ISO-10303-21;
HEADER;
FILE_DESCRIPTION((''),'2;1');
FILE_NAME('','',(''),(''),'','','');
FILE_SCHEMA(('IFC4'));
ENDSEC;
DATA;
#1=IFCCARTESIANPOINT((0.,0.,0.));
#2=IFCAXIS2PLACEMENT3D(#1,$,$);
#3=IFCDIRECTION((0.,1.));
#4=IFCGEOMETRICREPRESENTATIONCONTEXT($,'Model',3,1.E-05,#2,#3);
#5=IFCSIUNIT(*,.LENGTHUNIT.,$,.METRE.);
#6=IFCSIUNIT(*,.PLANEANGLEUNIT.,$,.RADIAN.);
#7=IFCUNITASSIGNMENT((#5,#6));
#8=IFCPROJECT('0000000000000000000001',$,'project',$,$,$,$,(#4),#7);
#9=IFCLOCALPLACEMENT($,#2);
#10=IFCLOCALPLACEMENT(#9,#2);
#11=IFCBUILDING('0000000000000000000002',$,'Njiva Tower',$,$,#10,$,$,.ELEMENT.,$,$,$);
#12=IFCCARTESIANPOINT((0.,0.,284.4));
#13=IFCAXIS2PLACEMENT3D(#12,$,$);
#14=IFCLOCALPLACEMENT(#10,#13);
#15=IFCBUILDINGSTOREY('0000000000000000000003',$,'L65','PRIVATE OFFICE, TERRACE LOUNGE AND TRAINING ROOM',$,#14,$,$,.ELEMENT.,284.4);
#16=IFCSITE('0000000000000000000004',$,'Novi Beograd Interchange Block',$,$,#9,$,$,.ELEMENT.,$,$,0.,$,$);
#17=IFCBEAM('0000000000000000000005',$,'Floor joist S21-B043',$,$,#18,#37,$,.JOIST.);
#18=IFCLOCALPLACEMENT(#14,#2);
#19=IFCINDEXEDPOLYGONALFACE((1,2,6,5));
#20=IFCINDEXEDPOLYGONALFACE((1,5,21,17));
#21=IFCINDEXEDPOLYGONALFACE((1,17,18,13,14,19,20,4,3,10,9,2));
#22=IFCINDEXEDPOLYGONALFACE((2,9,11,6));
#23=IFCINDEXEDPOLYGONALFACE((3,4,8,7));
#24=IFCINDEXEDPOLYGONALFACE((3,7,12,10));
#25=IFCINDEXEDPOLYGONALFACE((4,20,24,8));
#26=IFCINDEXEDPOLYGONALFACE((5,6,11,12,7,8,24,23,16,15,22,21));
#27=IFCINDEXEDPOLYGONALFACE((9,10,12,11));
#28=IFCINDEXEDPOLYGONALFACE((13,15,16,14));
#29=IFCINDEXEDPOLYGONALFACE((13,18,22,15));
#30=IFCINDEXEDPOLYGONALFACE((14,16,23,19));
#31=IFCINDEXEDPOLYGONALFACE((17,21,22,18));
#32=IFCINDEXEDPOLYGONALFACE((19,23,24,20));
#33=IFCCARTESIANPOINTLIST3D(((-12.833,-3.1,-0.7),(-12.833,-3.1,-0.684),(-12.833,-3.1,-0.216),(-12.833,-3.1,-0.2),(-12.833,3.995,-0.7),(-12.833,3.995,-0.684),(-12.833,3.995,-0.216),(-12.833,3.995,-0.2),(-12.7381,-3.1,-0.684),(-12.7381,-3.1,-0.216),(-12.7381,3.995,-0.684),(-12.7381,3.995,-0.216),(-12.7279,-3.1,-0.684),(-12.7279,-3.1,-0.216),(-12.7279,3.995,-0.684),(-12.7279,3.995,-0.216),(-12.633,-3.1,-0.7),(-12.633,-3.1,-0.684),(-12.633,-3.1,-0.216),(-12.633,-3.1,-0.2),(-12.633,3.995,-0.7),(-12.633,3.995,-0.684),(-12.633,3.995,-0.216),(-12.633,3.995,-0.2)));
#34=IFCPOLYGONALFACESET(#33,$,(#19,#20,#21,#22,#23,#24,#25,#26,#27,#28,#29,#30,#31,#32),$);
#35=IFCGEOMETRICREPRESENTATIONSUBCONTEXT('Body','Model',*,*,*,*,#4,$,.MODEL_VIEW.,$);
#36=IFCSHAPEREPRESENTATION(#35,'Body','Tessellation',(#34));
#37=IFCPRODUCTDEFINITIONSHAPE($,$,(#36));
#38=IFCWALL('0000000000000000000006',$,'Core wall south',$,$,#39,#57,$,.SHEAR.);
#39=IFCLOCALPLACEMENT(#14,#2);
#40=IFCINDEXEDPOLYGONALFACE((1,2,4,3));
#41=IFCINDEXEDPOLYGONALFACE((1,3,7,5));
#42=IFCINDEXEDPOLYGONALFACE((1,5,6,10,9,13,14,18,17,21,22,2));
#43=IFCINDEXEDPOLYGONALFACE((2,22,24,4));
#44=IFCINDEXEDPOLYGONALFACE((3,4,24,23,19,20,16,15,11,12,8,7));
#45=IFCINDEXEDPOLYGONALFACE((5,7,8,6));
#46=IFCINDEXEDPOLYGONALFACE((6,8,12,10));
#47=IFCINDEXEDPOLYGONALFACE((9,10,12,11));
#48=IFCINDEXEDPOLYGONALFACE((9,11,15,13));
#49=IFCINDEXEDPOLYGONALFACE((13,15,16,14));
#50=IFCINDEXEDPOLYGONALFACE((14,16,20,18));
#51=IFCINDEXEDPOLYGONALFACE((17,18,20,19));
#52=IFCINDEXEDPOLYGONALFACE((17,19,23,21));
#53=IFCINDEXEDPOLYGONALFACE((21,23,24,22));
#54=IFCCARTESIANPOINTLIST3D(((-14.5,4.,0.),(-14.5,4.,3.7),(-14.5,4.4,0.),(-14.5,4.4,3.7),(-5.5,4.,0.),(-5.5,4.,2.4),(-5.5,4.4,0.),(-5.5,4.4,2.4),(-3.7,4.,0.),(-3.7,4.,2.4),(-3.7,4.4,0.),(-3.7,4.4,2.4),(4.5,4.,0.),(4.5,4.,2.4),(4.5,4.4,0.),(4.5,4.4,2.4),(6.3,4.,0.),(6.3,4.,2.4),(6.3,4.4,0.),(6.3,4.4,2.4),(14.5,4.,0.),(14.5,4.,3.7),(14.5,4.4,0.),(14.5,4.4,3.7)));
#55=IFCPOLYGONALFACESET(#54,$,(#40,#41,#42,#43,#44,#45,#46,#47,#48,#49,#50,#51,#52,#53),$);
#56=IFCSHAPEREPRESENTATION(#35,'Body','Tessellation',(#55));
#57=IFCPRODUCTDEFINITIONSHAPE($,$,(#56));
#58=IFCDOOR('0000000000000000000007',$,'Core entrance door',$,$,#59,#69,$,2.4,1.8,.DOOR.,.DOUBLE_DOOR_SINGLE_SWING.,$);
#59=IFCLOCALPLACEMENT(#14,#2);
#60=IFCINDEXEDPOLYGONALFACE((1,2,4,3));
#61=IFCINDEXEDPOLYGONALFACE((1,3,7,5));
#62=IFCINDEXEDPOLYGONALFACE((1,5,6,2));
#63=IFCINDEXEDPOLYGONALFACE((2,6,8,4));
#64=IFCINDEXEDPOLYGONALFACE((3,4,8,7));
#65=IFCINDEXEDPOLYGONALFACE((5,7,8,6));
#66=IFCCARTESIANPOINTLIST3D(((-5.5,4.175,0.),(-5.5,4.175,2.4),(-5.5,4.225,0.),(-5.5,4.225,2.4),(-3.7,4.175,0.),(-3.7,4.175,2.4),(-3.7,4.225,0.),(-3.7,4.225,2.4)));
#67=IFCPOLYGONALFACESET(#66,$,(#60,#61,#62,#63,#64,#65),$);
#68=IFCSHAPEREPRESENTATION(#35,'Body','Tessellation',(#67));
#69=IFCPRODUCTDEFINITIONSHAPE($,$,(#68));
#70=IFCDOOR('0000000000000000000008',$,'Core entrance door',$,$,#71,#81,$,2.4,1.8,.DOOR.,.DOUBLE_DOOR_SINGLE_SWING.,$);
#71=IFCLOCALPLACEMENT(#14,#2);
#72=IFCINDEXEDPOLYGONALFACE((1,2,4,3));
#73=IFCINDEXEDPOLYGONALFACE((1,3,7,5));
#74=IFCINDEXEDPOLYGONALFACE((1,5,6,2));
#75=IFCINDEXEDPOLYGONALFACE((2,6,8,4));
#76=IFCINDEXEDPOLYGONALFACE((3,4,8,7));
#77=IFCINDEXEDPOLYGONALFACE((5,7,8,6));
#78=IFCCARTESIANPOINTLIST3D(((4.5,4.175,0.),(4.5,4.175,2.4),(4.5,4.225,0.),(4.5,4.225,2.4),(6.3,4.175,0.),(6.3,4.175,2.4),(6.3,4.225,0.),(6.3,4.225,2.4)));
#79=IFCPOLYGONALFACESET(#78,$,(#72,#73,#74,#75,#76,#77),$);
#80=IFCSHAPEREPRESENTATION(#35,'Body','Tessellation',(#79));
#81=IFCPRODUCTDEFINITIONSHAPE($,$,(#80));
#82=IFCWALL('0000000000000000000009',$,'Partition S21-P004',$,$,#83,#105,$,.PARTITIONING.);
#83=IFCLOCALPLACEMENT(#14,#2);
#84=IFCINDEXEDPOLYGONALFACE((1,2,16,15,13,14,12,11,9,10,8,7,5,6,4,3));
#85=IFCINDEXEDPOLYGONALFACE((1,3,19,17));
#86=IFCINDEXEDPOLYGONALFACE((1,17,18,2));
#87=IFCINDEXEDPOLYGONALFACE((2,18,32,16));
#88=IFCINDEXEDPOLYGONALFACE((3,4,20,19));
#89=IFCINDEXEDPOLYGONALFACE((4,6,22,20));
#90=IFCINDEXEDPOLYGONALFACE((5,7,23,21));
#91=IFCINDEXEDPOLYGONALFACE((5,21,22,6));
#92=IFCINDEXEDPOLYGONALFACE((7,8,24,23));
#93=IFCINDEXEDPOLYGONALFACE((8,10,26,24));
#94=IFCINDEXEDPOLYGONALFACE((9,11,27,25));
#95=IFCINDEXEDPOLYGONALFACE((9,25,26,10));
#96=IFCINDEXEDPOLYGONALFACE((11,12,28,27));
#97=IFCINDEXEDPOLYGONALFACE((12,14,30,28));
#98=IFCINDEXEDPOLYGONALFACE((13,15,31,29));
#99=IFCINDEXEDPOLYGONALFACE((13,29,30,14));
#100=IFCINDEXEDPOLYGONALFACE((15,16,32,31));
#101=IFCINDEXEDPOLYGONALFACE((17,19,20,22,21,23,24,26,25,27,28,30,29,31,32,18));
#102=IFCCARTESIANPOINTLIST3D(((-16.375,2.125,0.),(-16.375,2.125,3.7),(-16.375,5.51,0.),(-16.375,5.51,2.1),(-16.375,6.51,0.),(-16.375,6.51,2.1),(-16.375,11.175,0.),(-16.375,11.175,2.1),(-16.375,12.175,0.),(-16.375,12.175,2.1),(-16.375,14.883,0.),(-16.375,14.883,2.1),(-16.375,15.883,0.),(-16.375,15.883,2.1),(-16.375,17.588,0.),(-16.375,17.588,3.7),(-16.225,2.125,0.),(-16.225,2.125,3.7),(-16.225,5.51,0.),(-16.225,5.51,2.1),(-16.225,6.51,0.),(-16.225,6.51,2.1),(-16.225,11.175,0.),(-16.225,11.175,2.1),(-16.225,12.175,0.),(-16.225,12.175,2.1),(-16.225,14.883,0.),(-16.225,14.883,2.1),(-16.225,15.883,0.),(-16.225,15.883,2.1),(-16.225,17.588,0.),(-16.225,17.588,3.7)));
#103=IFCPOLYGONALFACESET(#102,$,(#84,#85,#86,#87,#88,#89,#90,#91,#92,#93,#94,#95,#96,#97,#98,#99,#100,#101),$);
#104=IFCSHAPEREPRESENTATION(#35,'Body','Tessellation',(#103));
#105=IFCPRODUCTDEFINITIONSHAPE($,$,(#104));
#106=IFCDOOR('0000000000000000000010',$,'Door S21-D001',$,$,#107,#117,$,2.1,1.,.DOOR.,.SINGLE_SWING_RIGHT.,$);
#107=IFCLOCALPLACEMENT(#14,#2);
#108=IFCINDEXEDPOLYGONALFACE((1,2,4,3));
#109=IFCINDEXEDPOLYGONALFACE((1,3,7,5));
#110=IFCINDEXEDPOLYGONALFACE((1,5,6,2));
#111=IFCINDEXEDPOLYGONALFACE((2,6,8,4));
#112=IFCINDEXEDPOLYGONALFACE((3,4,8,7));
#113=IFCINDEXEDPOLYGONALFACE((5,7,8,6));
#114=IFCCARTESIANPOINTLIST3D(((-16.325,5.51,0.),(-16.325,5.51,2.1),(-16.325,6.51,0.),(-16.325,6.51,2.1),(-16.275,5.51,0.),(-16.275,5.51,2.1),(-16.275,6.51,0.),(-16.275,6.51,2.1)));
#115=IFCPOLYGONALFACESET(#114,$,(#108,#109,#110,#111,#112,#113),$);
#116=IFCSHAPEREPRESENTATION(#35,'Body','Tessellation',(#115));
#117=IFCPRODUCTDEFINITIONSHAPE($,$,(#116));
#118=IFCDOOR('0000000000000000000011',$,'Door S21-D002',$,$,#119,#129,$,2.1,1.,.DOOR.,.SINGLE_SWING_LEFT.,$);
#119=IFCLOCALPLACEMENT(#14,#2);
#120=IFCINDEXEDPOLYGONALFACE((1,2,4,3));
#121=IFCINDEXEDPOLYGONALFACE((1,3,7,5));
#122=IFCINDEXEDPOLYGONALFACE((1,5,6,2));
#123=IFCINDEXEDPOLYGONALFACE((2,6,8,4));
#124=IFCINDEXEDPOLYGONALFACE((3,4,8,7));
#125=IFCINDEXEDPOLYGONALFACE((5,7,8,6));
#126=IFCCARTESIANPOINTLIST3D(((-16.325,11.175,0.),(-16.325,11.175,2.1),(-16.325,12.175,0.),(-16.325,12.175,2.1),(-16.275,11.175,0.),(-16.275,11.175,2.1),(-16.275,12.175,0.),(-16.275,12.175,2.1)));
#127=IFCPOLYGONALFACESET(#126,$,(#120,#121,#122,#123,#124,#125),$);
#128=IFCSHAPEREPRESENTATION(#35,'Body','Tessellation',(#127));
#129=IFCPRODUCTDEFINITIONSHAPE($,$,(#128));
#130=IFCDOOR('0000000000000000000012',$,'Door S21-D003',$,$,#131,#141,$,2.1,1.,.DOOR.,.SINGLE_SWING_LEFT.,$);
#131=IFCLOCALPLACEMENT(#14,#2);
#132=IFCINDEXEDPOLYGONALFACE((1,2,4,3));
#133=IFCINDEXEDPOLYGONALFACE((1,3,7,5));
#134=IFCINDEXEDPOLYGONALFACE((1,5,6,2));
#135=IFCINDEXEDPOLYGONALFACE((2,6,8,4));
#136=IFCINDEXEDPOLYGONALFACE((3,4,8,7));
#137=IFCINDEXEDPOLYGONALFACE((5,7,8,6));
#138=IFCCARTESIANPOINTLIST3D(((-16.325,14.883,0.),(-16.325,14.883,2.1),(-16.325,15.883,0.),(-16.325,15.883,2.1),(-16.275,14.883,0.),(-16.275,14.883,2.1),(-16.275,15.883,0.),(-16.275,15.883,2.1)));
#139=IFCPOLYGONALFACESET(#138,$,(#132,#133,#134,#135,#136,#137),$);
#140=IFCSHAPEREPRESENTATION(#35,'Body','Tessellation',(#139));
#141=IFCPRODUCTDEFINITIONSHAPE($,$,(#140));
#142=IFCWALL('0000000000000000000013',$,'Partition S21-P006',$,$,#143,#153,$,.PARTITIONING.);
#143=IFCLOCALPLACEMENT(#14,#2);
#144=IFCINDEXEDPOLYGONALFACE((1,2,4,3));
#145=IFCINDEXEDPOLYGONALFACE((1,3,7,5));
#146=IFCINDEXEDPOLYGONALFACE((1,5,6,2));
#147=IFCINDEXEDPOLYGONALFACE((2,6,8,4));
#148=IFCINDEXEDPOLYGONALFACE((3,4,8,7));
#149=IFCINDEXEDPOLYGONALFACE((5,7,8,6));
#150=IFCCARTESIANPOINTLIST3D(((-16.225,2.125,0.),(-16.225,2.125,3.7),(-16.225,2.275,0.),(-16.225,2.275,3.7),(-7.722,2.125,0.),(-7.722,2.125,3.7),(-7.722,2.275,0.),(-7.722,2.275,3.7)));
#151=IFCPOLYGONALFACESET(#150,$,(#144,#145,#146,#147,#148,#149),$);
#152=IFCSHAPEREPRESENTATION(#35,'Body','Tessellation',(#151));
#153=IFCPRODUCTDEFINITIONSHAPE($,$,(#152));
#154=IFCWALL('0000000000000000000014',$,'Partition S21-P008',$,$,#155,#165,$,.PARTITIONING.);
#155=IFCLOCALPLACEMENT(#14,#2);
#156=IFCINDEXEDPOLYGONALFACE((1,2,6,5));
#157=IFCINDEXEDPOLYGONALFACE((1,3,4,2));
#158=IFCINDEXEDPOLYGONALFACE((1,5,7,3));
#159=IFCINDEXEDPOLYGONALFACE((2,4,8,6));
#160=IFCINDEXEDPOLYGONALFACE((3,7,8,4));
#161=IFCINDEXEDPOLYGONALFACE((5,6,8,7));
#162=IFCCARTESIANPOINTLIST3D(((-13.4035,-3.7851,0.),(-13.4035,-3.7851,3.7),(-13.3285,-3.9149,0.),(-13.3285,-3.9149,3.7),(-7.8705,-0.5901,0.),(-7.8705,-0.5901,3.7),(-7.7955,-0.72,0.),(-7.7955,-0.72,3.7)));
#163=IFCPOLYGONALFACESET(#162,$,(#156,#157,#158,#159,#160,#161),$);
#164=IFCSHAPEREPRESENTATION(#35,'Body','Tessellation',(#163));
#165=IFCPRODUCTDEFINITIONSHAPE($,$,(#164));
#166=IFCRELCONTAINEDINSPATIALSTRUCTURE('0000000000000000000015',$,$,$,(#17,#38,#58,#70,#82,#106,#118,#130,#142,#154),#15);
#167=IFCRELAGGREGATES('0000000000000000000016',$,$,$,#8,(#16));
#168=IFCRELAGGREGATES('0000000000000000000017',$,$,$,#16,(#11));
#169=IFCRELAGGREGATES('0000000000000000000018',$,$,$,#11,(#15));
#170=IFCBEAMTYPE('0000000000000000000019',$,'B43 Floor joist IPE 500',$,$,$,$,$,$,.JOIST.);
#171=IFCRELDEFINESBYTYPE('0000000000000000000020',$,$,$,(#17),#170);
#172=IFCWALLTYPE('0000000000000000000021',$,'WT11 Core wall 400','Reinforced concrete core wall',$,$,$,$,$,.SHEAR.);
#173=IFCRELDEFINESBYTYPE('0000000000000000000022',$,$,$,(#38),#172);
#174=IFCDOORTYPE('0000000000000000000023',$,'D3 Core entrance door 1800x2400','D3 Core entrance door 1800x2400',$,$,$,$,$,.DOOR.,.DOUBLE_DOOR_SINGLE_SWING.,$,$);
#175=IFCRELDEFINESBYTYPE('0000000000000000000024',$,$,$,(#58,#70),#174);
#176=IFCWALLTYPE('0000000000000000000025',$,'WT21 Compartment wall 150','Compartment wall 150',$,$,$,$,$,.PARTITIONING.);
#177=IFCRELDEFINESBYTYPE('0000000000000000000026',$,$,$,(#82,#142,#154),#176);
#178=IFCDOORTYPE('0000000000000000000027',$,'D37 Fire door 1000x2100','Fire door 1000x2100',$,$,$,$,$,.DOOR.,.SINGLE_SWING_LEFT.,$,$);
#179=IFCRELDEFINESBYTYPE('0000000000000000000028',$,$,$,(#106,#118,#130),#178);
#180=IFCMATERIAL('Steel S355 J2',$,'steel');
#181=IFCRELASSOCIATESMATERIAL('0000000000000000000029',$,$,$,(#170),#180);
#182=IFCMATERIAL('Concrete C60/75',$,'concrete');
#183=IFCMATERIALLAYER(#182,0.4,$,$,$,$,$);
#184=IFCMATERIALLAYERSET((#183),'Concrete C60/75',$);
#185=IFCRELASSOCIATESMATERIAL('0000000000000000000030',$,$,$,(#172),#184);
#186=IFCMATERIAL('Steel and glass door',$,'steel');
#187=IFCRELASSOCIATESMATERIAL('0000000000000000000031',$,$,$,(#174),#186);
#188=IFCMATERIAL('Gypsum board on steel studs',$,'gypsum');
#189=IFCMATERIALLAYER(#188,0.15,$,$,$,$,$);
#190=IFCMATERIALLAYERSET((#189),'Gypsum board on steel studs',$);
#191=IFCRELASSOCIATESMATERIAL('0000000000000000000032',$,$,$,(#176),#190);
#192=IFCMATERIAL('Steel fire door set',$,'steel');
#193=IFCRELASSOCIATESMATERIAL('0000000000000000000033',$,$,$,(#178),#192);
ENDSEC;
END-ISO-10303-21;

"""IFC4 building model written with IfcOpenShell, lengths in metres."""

from ifc_helpers import new_model, si_unit, direction, frame, frame_2d, origin, origin_2d, place, context, subcontext, project, spatial, rectangle, i_section, extrude, material, layer, layer_set, material_profile, profile_set, type_object, element, fill, save


model = new_model("IFC4")

# Units and contexts
model_context = context("Model", 3, precision=1e-05, world=origin(), true_north=direction((0.0, 1.0)))
body_context = subcontext(model_context, "Body", "Model", "MODEL_VIEW")
ifc_project = project(units=[si_unit("LENGTHUNIT", "METRE"), si_unit("PLANEANGLEUNIT", "RADIAN")], contexts=[model_context])

# Site, building, storey
site_placement = place(None, origin())
site = spatial("IfcSite", under=ifc_project, at=site_placement, Name="Novi Beograd Interchange Block", CompositionType="ELEMENT", RefElevation=0.0)
building_placement = place(site_placement, origin())
building = spatial("IfcBuilding", under=site, at=building_placement, Name="Njiva Tower", CompositionType="ELEMENT")
storey_placement = place(building_placement, frame((0.0, 0.0, 284.4)))
storey = spatial("IfcBuildingStorey", under=building, at=storey_placement, Name="L65", Description="PRIVATE OFFICE, TERRACE LOUNGE AND TRAINING ROOM", CompositionType="ELEMENT", Elevation=284.4)

# Shared definitions
ifc_material_1 = material(Name="Steel S355 J2", Category="steel")

# Beam
ifc_material_profile_1 = material_profile(ifc_material_1, i_section(OverallWidth=0.2, OverallDepth=0.5, WebThickness=0.0102, FlangeThickness=0.016, at=origin_2d()), Name="IPE 500")
ifc_profile_set_1 = profile_set([ifc_material_profile_1], Name="Steel S355 J2")
beam_type_1 = type_object("IfcBeamType", Name="B43 Floor joist IPE 500", PredefinedType="JOIST", material=ifc_profile_set_1)
beam_1_placement = place(storey_placement, frame((-12.733, 3.995, -0.45), z_axis=(0.0, -1.0, 0.0), x_axis=(1.0, 0.0, 0.0)))
element("IfcBeam", 1, at=beam_1_placement, inside=storey, type_object=beam_type_1, Name="Floor joist S21-B043", PredefinedType="JOIST", context=body_context, shape_type="SweptSolid", body=[
    extrude(i_section(OverallWidth=0.2, OverallDepth=0.5, WebThickness=0.0102, FlangeThickness=0.016, at=origin_2d()), origin(), (0.0, 0.0, 1.0), 7.095),
])

# Walls, openings, doors
ifc_material_2 = material(Name="Concrete C60/75", Category="concrete")
ifc_layer_1 = layer(ifc_material_2, 0.4)
ifc_layer_set_1 = layer_set([ifc_layer_1], Name="Concrete C60/75")
wall_type_1 = type_object("IfcWallType", Name="WT11 Core wall 400", Description="Reinforced concrete core wall", PredefinedType="SHEAR", material=ifc_layer_set_1)
wall_1_placement = place(storey_placement, frame((-14.5, 4.2, 0.0), z_axis=(0.0, 0.0, 1.0), x_axis=(1.0, 0.0, 0.0)))
wall_1 = element("IfcWall", 2, at=wall_1_placement, inside=storey, type_object=wall_type_1, Name="Core wall south", PredefinedType="SHEAR", context=body_context, shape_type="SweptSolid", body=[
    extrude(rectangle(XDim=29.0, YDim=0.4, at=frame_2d((14.5, 0.0))), origin(), (0.0, 0.0, 1.0), 3.7),
])
opening_1_placement = place(wall_1_placement, frame((9.0, 0.0, 0.0)))
opening_1 = element("IfcOpeningElement", 3, at=opening_1_placement, cuts=wall_1, PredefinedType="OPENING", context=body_context, shape_type="SweptSolid", body=[
    extrude(rectangle(XDim=1.8, YDim=2.4, at=frame_2d((0.9, 1.2))), frame((0.0, 0.21, 0.0), z_axis=(0.0, -1.0, 0.0), x_axis=(1.0, 0.0, 0.0)), (0.0, 0.0, 1.0), 0.42),
])
opening_2_placement = place(wall_1_placement, frame((19.0, 0.0, 0.0)))
opening_2 = element("IfcOpeningElement", 4, at=opening_2_placement, cuts=wall_1, PredefinedType="OPENING", context=body_context, shape_type="SweptSolid", body=[
    extrude(rectangle(XDim=1.8, YDim=2.4, at=frame_2d((0.9, 1.2))), frame((0.0, 0.21, 0.0), z_axis=(0.0, -1.0, 0.0), x_axis=(1.0, 0.0, 0.0)), (0.0, 0.0, 1.0), 0.42),
])
ifc_material_3 = material(Name="Steel and glass door", Category="steel")
door_type_1 = type_object("IfcDoorType", Name="D3 Core entrance door 1800x2400", Description="D3 Core entrance door 1800x2400", OperationType="DOUBLE_DOOR_SINGLE_SWING", PredefinedType="DOOR", material=ifc_material_3)
door_1_placement = place(opening_1_placement, origin())
door_1 = element("IfcDoor", 5, at=door_1_placement, inside=storey, type_object=door_type_1, Name="Core entrance door", OperationType="DOUBLE_DOOR_SINGLE_SWING", OverallHeight=2.4, OverallWidth=1.8, PredefinedType="DOOR", context=body_context, shape_type="SweptSolid", body=[
    extrude(rectangle(XDim=1.8, YDim=2.4, at=frame_2d((0.9, 1.2))), frame((0.0, 0.025, 0.0), z_axis=(0.0, -1.0, 0.0), x_axis=(1.0, 0.0, 0.0)), (0.0, 0.0, 1.0), 0.05),
])
fill(opening_1, door_1)
door_2_placement = place(opening_2_placement, origin())
door_2 = element("IfcDoor", 6, at=door_2_placement, inside=storey, type_object=door_type_1, Name="Core entrance door", OperationType="DOUBLE_DOOR_SINGLE_SWING", OverallHeight=2.4, OverallWidth=1.8, PredefinedType="DOOR", context=body_context, shape_type="SweptSolid", body=[
    extrude(rectangle(XDim=1.8, YDim=2.4, at=frame_2d((0.9, 1.2))), frame((0.0, 0.025, 0.0), z_axis=(0.0, -1.0, 0.0), x_axis=(1.0, 0.0, 0.0)), (0.0, 0.0, 1.0), 0.05),
])
fill(opening_2, door_2)
ifc_material_4 = material(Name="Gypsum board on steel studs", Category="gypsum")
ifc_layer_2 = layer(ifc_material_4, 0.15)
ifc_layer_set_2 = layer_set([ifc_layer_2], Name="Gypsum board on steel studs")
wall_type_2 = type_object("IfcWallType", Name="WT21 Compartment wall 150", Description="Compartment wall 150", PredefinedType="PARTITIONING", material=ifc_layer_set_2)
wall_2_placement = place(storey_placement, frame((-16.3, 2.125, 0.0), z_axis=(0.0, 0.0, 1.0), x_axis=(0.0, 1.0, 0.0)))
wall_2 = element("IfcWall", 7, at=wall_2_placement, inside=storey, type_object=wall_type_2, Name="Partition S21-P004", PredefinedType="PARTITIONING", context=body_context, shape_type="SweptSolid", body=[
    extrude(rectangle(XDim=15.463, YDim=0.15, at=frame_2d((7.7315, 0.0))), origin(), (0.0, 0.0, 1.0), 3.7),
])
opening_3_placement = place(wall_2_placement, frame((3.385, 0.0, 0.0)))
opening_3 = element("IfcOpeningElement", 8, at=opening_3_placement, cuts=wall_2, PredefinedType="OPENING", context=body_context, shape_type="SweptSolid", body=[
    extrude(rectangle(XDim=1.0, YDim=2.1, at=frame_2d((0.5, 1.05))), frame((0.0, 0.085, 0.0), z_axis=(0.0, -1.0, 0.0), x_axis=(1.0, 0.0, 0.0)), (0.0, 0.0, 1.0), 0.17),
])
opening_4_placement = place(wall_2_placement, frame((9.05, 0.0, 0.0)))
opening_4 = element("IfcOpeningElement", 9, at=opening_4_placement, cuts=wall_2, PredefinedType="OPENING", context=body_context, shape_type="SweptSolid", body=[
    extrude(rectangle(XDim=1.0, YDim=2.1, at=frame_2d((0.5, 1.05))), frame((0.0, 0.085, 0.0), z_axis=(0.0, -1.0, 0.0), x_axis=(1.0, 0.0, 0.0)), (0.0, 0.0, 1.0), 0.17),
])
opening_5_placement = place(wall_2_placement, frame((12.758, 0.0, 0.0)))
opening_5 = element("IfcOpeningElement", 10, at=opening_5_placement, cuts=wall_2, PredefinedType="OPENING", context=body_context, shape_type="SweptSolid", body=[
    extrude(rectangle(XDim=1.0, YDim=2.1, at=frame_2d((0.5, 1.05))), frame((0.0, 0.085, 0.0), z_axis=(0.0, -1.0, 0.0), x_axis=(1.0, 0.0, 0.0)), (0.0, 0.0, 1.0), 0.17),
])
ifc_material_5 = material(Name="Steel fire door set", Category="steel")
door_type_2 = type_object("IfcDoorType", Name="D37 Fire door 1000x2100", Description="Fire door 1000x2100", OperationType="SINGLE_SWING_LEFT", PredefinedType="DOOR", material=ifc_material_5)
door_3_placement = place(opening_3_placement, origin())
door_3 = element("IfcDoor", 11, at=door_3_placement, inside=storey, type_object=door_type_2, Name="Door S21-D001", OperationType="SINGLE_SWING_RIGHT", OverallHeight=2.1, OverallWidth=1.0, PredefinedType="DOOR", context=body_context, shape_type="SweptSolid", body=[
    extrude(rectangle(XDim=1.0, YDim=2.1, at=frame_2d((0.5, 1.05))), frame((0.0, 0.025, 0.0), z_axis=(0.0, -1.0, 0.0), x_axis=(1.0, 0.0, 0.0)), (0.0, 0.0, 1.0), 0.05),
])
fill(opening_3, door_3)
door_4_placement = place(opening_4_placement, origin())
door_4 = element("IfcDoor", 12, at=door_4_placement, inside=storey, type_object=door_type_2, Name="Door S21-D002", OperationType="SINGLE_SWING_LEFT", OverallHeight=2.1, OverallWidth=1.0, PredefinedType="DOOR", context=body_context, shape_type="SweptSolid", body=[
    extrude(rectangle(XDim=1.0, YDim=2.1, at=frame_2d((0.5, 1.05))), frame((0.0, 0.025, 0.0), z_axis=(0.0, -1.0, 0.0), x_axis=(1.0, 0.0, 0.0)), (0.0, 0.0, 1.0), 0.05),
])
fill(opening_4, door_4)
door_5_placement = place(opening_5_placement, origin())
door_5 = element("IfcDoor", 13, at=door_5_placement, inside=storey, type_object=door_type_2, Name="Door S21-D003", OperationType="SINGLE_SWING_LEFT", OverallHeight=2.1, OverallWidth=1.0, PredefinedType="DOOR", context=body_context, shape_type="SweptSolid", body=[
    extrude(rectangle(XDim=1.0, YDim=2.1, at=frame_2d((0.5, 1.05))), frame((0.0, 0.025, 0.0), z_axis=(0.0, -1.0, 0.0), x_axis=(1.0, 0.0, 0.0)), (0.0, 0.0, 1.0), 0.05),
])
fill(opening_5, door_5)

# Walls
wall_3_placement = place(storey_placement, frame((-16.225, 2.2, 0.0), z_axis=(0.0, 0.0, 1.0), x_axis=(1.0, 0.0, 0.0)))
element("IfcWall", 14, at=wall_3_placement, inside=storey, type_object=wall_type_2, Name="Partition S21-P006", PredefinedType="PARTITIONING", context=body_context, shape_type="SweptSolid", body=[
    extrude(rectangle(XDim=8.503, YDim=0.15, at=frame_2d((4.2515, 0.0))), origin(), (0.0, 0.0, 1.0), 3.7),
])
wall_4_placement = place(storey_placement, frame((-13.366, -3.85, 0.0), z_axis=(0.0, 0.0, 1.0), x_axis=(0.86599, 0.500061, 0.0)))
element("IfcWall", 15, at=wall_4_placement, inside=storey, type_object=wall_type_2, Name="Partition S21-P008", PredefinedType="PARTITIONING", context=body_context, shape_type="SweptSolid", body=[
    extrude(rectangle(XDim=6.3892, YDim=0.15, at=frame_2d((3.1946, 0.0))), origin(), (0.0, 0.0, 1.0), 3.7),
])

save(model, "model.ifc")
